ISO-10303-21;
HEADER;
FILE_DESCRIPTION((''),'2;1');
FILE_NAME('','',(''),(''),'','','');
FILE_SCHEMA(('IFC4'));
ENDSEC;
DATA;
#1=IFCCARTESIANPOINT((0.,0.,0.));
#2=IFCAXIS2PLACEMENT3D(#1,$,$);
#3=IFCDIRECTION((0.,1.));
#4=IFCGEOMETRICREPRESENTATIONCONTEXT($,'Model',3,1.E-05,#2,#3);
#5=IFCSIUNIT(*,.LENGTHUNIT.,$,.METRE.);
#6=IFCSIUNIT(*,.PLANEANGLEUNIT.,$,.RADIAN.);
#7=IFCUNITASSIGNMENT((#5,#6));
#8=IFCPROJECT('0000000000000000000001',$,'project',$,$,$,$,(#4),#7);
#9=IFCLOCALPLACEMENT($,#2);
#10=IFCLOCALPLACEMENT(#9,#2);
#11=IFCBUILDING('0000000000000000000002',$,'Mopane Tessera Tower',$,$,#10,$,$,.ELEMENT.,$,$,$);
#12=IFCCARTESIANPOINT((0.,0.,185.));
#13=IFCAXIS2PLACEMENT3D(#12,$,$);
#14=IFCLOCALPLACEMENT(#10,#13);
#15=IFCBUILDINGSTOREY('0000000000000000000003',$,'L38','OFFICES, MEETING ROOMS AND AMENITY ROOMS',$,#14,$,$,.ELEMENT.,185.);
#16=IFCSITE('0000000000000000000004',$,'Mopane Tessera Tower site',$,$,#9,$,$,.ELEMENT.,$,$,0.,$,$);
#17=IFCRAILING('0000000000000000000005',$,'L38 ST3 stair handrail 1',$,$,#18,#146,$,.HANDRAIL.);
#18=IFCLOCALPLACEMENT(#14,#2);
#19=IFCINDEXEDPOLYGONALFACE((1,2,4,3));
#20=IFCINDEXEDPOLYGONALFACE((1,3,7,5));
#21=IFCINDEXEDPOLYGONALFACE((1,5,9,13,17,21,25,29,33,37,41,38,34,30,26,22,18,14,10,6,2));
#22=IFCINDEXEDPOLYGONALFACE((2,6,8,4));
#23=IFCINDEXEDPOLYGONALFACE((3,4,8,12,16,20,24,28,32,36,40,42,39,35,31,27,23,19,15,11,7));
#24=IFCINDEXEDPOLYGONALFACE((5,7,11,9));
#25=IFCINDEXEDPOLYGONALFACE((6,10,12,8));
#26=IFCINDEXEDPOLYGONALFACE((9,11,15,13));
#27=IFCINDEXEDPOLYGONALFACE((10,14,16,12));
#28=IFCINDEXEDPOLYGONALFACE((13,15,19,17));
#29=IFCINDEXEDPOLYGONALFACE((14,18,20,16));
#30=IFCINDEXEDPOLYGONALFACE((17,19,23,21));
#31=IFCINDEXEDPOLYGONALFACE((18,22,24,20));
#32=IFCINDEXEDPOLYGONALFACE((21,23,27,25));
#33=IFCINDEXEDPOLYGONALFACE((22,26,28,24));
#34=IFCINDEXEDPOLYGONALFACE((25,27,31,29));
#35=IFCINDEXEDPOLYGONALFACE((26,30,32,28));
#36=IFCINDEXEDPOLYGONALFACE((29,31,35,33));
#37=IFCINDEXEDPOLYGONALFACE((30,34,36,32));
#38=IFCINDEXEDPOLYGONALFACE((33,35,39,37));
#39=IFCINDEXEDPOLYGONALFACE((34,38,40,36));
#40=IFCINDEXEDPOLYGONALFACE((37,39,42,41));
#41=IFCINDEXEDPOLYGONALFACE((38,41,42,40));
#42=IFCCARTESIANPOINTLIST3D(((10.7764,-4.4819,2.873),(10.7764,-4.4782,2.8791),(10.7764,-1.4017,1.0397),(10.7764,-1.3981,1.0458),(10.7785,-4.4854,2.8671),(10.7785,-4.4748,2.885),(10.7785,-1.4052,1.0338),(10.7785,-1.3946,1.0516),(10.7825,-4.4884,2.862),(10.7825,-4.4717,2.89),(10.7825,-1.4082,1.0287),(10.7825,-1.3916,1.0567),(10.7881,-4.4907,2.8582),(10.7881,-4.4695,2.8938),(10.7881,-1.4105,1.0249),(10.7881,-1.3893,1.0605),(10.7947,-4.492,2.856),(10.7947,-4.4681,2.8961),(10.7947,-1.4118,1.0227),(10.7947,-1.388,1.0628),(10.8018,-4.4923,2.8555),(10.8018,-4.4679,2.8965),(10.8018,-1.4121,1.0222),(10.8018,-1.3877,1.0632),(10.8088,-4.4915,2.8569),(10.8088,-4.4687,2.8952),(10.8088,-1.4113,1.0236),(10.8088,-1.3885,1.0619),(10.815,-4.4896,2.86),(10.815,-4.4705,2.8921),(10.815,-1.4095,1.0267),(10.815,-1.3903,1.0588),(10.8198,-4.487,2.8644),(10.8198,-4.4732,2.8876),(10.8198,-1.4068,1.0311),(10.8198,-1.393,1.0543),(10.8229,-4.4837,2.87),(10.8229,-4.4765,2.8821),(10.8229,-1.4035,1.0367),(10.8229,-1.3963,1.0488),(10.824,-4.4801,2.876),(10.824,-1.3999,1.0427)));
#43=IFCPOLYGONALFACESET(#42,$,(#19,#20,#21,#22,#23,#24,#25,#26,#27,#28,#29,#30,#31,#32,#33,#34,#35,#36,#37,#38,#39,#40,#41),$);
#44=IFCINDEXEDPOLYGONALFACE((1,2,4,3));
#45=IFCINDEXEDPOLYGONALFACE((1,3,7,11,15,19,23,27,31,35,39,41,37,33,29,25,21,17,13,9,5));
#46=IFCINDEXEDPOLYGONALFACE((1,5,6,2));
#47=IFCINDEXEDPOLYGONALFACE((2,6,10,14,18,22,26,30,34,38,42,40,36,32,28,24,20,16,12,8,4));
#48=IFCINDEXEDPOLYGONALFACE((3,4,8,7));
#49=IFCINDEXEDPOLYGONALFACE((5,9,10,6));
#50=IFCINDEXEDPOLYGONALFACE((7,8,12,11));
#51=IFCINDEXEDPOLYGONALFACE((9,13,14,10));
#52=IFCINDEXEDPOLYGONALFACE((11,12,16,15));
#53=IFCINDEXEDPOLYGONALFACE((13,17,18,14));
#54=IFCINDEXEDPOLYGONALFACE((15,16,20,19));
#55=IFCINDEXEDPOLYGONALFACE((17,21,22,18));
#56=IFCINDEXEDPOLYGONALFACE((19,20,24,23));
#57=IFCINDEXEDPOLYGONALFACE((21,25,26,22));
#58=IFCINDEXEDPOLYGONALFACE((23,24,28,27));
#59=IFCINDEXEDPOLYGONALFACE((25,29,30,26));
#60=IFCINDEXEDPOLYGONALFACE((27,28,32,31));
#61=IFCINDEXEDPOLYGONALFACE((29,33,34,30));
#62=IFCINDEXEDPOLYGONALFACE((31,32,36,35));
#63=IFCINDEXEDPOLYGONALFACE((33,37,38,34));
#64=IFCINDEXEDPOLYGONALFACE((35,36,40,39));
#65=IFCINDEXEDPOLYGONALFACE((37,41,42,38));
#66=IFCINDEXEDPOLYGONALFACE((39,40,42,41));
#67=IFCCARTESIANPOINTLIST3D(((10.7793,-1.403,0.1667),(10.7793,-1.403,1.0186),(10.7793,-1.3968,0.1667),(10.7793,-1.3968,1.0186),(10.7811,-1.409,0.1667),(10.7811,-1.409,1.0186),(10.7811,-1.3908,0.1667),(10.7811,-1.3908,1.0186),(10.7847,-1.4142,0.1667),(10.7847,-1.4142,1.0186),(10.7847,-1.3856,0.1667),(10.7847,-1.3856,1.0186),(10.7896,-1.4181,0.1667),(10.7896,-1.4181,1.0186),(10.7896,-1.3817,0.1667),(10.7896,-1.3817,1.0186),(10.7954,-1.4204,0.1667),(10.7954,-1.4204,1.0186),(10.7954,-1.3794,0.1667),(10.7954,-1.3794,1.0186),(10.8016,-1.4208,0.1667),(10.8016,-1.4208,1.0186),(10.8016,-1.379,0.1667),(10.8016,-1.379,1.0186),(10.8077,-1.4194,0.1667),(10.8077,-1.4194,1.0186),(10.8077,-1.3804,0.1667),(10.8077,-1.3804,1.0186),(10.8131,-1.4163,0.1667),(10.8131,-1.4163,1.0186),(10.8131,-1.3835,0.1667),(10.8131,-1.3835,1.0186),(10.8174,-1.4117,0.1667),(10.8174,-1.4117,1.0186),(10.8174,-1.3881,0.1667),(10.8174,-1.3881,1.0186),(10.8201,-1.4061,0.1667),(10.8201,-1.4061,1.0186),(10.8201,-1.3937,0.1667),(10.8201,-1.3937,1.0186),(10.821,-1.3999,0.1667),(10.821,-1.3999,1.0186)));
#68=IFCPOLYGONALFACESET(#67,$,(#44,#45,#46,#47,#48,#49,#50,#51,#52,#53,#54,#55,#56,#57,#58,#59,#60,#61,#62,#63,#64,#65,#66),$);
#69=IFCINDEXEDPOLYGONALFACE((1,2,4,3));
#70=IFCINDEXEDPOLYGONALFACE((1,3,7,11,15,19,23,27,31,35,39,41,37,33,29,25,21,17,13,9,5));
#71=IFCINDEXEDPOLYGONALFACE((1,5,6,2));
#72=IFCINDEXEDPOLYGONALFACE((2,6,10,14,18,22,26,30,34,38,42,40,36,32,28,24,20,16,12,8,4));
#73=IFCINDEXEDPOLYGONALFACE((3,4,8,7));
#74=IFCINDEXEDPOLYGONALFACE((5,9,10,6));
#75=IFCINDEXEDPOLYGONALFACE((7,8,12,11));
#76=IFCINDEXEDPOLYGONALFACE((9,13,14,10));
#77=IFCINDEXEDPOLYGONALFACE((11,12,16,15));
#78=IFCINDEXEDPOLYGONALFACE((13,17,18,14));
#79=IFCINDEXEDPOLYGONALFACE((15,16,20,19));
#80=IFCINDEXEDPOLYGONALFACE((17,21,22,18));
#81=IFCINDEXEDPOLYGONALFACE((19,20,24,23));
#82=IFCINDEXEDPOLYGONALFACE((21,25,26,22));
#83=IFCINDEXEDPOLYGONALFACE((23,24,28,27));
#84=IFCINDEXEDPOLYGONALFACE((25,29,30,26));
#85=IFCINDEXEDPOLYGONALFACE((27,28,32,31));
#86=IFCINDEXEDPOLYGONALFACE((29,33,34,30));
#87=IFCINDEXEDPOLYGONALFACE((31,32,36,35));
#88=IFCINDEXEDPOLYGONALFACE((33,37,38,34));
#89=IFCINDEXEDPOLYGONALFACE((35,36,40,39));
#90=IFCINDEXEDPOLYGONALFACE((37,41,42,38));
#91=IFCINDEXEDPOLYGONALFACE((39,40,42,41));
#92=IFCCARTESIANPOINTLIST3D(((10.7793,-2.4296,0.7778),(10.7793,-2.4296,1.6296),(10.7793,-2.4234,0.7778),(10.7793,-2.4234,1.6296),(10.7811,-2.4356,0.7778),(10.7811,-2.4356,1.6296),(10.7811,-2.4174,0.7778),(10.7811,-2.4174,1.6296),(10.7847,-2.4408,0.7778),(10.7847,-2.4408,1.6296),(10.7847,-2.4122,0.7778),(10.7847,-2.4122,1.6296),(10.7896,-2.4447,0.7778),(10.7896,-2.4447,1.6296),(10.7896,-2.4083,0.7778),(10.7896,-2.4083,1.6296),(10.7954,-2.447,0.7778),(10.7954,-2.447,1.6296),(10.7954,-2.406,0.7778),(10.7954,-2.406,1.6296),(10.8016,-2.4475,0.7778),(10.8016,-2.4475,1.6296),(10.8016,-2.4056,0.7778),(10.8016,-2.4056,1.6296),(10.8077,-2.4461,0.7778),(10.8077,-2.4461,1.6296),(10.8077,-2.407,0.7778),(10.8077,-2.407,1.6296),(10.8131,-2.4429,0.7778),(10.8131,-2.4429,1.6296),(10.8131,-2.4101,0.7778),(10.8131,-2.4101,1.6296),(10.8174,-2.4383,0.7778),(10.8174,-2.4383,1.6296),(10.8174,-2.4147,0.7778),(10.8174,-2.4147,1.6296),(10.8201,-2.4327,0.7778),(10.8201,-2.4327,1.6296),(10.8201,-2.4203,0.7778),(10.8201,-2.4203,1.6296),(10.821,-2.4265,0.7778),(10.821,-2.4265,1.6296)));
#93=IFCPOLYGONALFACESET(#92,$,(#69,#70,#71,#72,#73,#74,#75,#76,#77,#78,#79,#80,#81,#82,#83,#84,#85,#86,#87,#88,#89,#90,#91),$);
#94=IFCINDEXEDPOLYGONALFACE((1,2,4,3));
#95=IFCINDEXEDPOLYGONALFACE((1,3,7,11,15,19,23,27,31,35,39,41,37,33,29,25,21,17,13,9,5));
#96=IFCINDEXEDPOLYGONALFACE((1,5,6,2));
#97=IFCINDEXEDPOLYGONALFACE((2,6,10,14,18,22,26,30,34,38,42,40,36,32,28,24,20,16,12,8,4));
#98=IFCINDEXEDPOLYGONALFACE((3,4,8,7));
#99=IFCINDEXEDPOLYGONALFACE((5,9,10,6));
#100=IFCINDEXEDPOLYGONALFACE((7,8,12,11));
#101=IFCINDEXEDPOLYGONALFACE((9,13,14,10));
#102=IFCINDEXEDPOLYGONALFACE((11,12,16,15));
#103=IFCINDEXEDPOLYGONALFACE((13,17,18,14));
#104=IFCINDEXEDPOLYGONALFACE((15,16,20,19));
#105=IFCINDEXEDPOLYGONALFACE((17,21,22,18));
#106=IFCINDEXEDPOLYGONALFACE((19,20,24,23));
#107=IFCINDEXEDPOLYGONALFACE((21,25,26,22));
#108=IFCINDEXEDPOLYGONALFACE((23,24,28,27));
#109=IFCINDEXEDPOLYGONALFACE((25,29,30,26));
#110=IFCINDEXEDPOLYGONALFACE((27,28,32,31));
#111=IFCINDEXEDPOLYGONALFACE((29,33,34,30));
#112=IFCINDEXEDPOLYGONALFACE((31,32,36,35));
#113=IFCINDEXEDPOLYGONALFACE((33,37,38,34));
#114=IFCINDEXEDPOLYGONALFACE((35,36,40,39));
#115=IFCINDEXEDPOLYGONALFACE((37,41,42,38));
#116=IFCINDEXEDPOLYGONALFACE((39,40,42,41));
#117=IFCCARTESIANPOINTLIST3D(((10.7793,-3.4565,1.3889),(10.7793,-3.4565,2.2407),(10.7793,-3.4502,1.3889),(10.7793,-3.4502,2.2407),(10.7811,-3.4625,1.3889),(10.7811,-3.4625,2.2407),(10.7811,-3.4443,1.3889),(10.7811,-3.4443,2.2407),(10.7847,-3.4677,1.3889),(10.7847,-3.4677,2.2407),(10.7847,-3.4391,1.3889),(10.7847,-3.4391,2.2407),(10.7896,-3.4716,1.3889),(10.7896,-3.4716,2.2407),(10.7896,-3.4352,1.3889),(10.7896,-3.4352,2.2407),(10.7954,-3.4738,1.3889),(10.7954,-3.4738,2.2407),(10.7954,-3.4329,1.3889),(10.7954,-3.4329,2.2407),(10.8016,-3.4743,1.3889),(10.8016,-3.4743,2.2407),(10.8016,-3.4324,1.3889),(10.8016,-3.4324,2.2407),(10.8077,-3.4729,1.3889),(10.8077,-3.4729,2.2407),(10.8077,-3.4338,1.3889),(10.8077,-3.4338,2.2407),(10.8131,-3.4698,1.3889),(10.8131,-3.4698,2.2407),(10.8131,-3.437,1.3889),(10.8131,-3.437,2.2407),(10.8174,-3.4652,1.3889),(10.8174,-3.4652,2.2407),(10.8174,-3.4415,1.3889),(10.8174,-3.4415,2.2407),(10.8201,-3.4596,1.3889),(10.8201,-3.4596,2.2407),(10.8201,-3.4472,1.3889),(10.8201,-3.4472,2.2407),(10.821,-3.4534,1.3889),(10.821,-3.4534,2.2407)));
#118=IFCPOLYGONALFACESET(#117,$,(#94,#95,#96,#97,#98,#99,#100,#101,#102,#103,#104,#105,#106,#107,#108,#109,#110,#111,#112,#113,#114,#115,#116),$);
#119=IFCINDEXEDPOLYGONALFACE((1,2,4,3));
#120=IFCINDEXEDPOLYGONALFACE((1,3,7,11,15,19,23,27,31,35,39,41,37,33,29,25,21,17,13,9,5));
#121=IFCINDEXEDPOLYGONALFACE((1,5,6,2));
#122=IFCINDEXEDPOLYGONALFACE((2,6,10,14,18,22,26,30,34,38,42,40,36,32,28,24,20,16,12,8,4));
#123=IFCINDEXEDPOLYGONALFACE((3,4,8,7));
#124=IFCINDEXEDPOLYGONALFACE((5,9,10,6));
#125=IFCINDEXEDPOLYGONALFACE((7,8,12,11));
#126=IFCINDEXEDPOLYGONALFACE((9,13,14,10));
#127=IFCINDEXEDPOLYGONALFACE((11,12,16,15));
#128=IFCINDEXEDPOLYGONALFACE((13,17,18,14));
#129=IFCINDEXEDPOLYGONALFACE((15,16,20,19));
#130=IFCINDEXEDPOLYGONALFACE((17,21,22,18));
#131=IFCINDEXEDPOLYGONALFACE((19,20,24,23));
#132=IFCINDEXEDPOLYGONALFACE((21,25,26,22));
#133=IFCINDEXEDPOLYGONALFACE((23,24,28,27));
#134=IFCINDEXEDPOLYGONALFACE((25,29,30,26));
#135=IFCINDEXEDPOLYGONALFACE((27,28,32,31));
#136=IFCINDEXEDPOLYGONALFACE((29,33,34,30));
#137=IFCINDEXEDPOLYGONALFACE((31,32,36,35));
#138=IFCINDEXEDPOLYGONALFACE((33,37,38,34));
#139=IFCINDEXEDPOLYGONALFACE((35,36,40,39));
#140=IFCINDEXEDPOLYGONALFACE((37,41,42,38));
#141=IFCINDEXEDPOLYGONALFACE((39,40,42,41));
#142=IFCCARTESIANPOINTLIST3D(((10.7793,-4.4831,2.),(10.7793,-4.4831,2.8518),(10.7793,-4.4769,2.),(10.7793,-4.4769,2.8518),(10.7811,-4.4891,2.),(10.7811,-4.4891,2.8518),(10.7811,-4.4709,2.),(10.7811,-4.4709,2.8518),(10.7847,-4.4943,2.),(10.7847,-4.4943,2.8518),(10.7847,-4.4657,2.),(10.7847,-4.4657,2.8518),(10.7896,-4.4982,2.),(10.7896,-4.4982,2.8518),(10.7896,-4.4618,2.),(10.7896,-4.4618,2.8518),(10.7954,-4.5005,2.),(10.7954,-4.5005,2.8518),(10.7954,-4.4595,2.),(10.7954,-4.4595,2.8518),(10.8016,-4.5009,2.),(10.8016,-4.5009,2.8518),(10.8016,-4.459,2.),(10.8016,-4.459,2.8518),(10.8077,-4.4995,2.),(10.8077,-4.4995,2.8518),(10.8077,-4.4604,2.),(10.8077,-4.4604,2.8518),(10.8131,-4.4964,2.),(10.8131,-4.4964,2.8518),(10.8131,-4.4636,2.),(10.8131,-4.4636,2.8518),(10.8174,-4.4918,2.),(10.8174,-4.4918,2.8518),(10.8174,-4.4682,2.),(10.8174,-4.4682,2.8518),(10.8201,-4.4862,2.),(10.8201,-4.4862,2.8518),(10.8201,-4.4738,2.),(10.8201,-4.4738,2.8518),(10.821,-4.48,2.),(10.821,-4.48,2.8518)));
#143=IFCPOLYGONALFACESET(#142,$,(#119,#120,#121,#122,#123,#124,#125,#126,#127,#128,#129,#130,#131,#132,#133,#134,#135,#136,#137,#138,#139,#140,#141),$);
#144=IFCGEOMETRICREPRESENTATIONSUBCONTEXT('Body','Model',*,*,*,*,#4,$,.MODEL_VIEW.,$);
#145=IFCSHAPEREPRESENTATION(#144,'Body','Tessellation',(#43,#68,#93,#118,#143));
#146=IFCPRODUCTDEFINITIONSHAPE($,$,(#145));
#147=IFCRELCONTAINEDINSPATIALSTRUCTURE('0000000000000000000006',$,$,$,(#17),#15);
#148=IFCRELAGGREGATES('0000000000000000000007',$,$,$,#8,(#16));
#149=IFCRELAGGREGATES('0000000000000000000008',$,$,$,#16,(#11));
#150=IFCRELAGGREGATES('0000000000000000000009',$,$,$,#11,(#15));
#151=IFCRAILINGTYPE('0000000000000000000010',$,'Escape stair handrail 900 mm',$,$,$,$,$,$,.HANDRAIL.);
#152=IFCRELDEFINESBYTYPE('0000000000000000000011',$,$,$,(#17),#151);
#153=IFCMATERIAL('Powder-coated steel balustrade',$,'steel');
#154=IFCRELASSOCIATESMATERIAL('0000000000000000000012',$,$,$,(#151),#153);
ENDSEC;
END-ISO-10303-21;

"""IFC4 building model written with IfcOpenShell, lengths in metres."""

from ifc_helpers import new_model, si_unit, direction, frame, origin, origin_2d, place, context, subcontext, project, spatial, circle, extrude, material, type_object, element, save


model = new_model("IFC4")

# Units and contexts
model_context = context("Model", 3, precision=1e-05, world=origin(), true_north=direction((0.0, 1.0)))
body_context = subcontext(model_context, "Body", "Model", "MODEL_VIEW")
ifc_project = project(units=[si_unit("LENGTHUNIT", "METRE"), si_unit("PLANEANGLEUNIT", "RADIAN")], contexts=[model_context])

# Site, building, storey
site_placement = place(None, origin())
site = spatial("IfcSite", under=ifc_project, at=site_placement, Name="Mopane Tessera Tower site", CompositionType="ELEMENT", RefElevation=0.0)
building_placement = place(site_placement, origin())
building = spatial("IfcBuilding", under=site, at=building_placement, Name="Mopane Tessera Tower", CompositionType="ELEMENT")
storey_placement = place(building_placement, frame((0.0, 0.0, 185.0)))
storey = spatial("IfcBuildingStorey", under=building, at=storey_placement, Name="L38", Description="OFFICES, MEETING ROOMS AND AMENITY ROOMS", CompositionType="ELEMENT", Elevation=185.0)

# Railing
ifc_material_1 = material(Name="Powder-coated steel balustrade", Category="steel")
railing_type_1 = type_object("IfcRailingType", Name="Escape stair handrail 900 mm", PredefinedType="HANDRAIL", material=ifc_material_1)
railing_1_placement = place(storey_placement, frame((10.8, -1.3999, 0.1667)))
element("IfcRailing", 1, at=railing_1_placement, inside=storey, type_object=railing_type_1, Name="L38 ST3 stair handrail 1", PredefinedType="HANDRAIL", context=body_context, shape_type="SweptSolid", body=[
    extrude(circle(Radius=0.0239, at=origin_2d()), frame((0.0, 0.0, 0.876), z_axis=(0.0, -0.859309, 0.511458), x_axis=(1.0, 0.0, 0.0)), (0.0, 0.0, 1.0), 3.5845),
    extrude(circle(Radius=0.021, at=origin_2d()), origin(), (0.0, 0.0, 1.0), 0.8518),
    extrude(circle(Radius=0.021, at=origin_2d()), frame((0.0, -1.0266, 0.6111)), (0.0, 0.0, 1.0), 0.8518),
    extrude(circle(Radius=0.021, at=origin_2d()), frame((0.0, -2.0535, 1.2222)), (0.0, 0.0, 1.0), 0.8518),
    extrude(circle(Radius=0.021, at=origin_2d()), frame((0.0, -3.0801, 1.8333)), (0.0, 0.0, 1.0), 0.8518),
])

save(model, "model.ifc")
